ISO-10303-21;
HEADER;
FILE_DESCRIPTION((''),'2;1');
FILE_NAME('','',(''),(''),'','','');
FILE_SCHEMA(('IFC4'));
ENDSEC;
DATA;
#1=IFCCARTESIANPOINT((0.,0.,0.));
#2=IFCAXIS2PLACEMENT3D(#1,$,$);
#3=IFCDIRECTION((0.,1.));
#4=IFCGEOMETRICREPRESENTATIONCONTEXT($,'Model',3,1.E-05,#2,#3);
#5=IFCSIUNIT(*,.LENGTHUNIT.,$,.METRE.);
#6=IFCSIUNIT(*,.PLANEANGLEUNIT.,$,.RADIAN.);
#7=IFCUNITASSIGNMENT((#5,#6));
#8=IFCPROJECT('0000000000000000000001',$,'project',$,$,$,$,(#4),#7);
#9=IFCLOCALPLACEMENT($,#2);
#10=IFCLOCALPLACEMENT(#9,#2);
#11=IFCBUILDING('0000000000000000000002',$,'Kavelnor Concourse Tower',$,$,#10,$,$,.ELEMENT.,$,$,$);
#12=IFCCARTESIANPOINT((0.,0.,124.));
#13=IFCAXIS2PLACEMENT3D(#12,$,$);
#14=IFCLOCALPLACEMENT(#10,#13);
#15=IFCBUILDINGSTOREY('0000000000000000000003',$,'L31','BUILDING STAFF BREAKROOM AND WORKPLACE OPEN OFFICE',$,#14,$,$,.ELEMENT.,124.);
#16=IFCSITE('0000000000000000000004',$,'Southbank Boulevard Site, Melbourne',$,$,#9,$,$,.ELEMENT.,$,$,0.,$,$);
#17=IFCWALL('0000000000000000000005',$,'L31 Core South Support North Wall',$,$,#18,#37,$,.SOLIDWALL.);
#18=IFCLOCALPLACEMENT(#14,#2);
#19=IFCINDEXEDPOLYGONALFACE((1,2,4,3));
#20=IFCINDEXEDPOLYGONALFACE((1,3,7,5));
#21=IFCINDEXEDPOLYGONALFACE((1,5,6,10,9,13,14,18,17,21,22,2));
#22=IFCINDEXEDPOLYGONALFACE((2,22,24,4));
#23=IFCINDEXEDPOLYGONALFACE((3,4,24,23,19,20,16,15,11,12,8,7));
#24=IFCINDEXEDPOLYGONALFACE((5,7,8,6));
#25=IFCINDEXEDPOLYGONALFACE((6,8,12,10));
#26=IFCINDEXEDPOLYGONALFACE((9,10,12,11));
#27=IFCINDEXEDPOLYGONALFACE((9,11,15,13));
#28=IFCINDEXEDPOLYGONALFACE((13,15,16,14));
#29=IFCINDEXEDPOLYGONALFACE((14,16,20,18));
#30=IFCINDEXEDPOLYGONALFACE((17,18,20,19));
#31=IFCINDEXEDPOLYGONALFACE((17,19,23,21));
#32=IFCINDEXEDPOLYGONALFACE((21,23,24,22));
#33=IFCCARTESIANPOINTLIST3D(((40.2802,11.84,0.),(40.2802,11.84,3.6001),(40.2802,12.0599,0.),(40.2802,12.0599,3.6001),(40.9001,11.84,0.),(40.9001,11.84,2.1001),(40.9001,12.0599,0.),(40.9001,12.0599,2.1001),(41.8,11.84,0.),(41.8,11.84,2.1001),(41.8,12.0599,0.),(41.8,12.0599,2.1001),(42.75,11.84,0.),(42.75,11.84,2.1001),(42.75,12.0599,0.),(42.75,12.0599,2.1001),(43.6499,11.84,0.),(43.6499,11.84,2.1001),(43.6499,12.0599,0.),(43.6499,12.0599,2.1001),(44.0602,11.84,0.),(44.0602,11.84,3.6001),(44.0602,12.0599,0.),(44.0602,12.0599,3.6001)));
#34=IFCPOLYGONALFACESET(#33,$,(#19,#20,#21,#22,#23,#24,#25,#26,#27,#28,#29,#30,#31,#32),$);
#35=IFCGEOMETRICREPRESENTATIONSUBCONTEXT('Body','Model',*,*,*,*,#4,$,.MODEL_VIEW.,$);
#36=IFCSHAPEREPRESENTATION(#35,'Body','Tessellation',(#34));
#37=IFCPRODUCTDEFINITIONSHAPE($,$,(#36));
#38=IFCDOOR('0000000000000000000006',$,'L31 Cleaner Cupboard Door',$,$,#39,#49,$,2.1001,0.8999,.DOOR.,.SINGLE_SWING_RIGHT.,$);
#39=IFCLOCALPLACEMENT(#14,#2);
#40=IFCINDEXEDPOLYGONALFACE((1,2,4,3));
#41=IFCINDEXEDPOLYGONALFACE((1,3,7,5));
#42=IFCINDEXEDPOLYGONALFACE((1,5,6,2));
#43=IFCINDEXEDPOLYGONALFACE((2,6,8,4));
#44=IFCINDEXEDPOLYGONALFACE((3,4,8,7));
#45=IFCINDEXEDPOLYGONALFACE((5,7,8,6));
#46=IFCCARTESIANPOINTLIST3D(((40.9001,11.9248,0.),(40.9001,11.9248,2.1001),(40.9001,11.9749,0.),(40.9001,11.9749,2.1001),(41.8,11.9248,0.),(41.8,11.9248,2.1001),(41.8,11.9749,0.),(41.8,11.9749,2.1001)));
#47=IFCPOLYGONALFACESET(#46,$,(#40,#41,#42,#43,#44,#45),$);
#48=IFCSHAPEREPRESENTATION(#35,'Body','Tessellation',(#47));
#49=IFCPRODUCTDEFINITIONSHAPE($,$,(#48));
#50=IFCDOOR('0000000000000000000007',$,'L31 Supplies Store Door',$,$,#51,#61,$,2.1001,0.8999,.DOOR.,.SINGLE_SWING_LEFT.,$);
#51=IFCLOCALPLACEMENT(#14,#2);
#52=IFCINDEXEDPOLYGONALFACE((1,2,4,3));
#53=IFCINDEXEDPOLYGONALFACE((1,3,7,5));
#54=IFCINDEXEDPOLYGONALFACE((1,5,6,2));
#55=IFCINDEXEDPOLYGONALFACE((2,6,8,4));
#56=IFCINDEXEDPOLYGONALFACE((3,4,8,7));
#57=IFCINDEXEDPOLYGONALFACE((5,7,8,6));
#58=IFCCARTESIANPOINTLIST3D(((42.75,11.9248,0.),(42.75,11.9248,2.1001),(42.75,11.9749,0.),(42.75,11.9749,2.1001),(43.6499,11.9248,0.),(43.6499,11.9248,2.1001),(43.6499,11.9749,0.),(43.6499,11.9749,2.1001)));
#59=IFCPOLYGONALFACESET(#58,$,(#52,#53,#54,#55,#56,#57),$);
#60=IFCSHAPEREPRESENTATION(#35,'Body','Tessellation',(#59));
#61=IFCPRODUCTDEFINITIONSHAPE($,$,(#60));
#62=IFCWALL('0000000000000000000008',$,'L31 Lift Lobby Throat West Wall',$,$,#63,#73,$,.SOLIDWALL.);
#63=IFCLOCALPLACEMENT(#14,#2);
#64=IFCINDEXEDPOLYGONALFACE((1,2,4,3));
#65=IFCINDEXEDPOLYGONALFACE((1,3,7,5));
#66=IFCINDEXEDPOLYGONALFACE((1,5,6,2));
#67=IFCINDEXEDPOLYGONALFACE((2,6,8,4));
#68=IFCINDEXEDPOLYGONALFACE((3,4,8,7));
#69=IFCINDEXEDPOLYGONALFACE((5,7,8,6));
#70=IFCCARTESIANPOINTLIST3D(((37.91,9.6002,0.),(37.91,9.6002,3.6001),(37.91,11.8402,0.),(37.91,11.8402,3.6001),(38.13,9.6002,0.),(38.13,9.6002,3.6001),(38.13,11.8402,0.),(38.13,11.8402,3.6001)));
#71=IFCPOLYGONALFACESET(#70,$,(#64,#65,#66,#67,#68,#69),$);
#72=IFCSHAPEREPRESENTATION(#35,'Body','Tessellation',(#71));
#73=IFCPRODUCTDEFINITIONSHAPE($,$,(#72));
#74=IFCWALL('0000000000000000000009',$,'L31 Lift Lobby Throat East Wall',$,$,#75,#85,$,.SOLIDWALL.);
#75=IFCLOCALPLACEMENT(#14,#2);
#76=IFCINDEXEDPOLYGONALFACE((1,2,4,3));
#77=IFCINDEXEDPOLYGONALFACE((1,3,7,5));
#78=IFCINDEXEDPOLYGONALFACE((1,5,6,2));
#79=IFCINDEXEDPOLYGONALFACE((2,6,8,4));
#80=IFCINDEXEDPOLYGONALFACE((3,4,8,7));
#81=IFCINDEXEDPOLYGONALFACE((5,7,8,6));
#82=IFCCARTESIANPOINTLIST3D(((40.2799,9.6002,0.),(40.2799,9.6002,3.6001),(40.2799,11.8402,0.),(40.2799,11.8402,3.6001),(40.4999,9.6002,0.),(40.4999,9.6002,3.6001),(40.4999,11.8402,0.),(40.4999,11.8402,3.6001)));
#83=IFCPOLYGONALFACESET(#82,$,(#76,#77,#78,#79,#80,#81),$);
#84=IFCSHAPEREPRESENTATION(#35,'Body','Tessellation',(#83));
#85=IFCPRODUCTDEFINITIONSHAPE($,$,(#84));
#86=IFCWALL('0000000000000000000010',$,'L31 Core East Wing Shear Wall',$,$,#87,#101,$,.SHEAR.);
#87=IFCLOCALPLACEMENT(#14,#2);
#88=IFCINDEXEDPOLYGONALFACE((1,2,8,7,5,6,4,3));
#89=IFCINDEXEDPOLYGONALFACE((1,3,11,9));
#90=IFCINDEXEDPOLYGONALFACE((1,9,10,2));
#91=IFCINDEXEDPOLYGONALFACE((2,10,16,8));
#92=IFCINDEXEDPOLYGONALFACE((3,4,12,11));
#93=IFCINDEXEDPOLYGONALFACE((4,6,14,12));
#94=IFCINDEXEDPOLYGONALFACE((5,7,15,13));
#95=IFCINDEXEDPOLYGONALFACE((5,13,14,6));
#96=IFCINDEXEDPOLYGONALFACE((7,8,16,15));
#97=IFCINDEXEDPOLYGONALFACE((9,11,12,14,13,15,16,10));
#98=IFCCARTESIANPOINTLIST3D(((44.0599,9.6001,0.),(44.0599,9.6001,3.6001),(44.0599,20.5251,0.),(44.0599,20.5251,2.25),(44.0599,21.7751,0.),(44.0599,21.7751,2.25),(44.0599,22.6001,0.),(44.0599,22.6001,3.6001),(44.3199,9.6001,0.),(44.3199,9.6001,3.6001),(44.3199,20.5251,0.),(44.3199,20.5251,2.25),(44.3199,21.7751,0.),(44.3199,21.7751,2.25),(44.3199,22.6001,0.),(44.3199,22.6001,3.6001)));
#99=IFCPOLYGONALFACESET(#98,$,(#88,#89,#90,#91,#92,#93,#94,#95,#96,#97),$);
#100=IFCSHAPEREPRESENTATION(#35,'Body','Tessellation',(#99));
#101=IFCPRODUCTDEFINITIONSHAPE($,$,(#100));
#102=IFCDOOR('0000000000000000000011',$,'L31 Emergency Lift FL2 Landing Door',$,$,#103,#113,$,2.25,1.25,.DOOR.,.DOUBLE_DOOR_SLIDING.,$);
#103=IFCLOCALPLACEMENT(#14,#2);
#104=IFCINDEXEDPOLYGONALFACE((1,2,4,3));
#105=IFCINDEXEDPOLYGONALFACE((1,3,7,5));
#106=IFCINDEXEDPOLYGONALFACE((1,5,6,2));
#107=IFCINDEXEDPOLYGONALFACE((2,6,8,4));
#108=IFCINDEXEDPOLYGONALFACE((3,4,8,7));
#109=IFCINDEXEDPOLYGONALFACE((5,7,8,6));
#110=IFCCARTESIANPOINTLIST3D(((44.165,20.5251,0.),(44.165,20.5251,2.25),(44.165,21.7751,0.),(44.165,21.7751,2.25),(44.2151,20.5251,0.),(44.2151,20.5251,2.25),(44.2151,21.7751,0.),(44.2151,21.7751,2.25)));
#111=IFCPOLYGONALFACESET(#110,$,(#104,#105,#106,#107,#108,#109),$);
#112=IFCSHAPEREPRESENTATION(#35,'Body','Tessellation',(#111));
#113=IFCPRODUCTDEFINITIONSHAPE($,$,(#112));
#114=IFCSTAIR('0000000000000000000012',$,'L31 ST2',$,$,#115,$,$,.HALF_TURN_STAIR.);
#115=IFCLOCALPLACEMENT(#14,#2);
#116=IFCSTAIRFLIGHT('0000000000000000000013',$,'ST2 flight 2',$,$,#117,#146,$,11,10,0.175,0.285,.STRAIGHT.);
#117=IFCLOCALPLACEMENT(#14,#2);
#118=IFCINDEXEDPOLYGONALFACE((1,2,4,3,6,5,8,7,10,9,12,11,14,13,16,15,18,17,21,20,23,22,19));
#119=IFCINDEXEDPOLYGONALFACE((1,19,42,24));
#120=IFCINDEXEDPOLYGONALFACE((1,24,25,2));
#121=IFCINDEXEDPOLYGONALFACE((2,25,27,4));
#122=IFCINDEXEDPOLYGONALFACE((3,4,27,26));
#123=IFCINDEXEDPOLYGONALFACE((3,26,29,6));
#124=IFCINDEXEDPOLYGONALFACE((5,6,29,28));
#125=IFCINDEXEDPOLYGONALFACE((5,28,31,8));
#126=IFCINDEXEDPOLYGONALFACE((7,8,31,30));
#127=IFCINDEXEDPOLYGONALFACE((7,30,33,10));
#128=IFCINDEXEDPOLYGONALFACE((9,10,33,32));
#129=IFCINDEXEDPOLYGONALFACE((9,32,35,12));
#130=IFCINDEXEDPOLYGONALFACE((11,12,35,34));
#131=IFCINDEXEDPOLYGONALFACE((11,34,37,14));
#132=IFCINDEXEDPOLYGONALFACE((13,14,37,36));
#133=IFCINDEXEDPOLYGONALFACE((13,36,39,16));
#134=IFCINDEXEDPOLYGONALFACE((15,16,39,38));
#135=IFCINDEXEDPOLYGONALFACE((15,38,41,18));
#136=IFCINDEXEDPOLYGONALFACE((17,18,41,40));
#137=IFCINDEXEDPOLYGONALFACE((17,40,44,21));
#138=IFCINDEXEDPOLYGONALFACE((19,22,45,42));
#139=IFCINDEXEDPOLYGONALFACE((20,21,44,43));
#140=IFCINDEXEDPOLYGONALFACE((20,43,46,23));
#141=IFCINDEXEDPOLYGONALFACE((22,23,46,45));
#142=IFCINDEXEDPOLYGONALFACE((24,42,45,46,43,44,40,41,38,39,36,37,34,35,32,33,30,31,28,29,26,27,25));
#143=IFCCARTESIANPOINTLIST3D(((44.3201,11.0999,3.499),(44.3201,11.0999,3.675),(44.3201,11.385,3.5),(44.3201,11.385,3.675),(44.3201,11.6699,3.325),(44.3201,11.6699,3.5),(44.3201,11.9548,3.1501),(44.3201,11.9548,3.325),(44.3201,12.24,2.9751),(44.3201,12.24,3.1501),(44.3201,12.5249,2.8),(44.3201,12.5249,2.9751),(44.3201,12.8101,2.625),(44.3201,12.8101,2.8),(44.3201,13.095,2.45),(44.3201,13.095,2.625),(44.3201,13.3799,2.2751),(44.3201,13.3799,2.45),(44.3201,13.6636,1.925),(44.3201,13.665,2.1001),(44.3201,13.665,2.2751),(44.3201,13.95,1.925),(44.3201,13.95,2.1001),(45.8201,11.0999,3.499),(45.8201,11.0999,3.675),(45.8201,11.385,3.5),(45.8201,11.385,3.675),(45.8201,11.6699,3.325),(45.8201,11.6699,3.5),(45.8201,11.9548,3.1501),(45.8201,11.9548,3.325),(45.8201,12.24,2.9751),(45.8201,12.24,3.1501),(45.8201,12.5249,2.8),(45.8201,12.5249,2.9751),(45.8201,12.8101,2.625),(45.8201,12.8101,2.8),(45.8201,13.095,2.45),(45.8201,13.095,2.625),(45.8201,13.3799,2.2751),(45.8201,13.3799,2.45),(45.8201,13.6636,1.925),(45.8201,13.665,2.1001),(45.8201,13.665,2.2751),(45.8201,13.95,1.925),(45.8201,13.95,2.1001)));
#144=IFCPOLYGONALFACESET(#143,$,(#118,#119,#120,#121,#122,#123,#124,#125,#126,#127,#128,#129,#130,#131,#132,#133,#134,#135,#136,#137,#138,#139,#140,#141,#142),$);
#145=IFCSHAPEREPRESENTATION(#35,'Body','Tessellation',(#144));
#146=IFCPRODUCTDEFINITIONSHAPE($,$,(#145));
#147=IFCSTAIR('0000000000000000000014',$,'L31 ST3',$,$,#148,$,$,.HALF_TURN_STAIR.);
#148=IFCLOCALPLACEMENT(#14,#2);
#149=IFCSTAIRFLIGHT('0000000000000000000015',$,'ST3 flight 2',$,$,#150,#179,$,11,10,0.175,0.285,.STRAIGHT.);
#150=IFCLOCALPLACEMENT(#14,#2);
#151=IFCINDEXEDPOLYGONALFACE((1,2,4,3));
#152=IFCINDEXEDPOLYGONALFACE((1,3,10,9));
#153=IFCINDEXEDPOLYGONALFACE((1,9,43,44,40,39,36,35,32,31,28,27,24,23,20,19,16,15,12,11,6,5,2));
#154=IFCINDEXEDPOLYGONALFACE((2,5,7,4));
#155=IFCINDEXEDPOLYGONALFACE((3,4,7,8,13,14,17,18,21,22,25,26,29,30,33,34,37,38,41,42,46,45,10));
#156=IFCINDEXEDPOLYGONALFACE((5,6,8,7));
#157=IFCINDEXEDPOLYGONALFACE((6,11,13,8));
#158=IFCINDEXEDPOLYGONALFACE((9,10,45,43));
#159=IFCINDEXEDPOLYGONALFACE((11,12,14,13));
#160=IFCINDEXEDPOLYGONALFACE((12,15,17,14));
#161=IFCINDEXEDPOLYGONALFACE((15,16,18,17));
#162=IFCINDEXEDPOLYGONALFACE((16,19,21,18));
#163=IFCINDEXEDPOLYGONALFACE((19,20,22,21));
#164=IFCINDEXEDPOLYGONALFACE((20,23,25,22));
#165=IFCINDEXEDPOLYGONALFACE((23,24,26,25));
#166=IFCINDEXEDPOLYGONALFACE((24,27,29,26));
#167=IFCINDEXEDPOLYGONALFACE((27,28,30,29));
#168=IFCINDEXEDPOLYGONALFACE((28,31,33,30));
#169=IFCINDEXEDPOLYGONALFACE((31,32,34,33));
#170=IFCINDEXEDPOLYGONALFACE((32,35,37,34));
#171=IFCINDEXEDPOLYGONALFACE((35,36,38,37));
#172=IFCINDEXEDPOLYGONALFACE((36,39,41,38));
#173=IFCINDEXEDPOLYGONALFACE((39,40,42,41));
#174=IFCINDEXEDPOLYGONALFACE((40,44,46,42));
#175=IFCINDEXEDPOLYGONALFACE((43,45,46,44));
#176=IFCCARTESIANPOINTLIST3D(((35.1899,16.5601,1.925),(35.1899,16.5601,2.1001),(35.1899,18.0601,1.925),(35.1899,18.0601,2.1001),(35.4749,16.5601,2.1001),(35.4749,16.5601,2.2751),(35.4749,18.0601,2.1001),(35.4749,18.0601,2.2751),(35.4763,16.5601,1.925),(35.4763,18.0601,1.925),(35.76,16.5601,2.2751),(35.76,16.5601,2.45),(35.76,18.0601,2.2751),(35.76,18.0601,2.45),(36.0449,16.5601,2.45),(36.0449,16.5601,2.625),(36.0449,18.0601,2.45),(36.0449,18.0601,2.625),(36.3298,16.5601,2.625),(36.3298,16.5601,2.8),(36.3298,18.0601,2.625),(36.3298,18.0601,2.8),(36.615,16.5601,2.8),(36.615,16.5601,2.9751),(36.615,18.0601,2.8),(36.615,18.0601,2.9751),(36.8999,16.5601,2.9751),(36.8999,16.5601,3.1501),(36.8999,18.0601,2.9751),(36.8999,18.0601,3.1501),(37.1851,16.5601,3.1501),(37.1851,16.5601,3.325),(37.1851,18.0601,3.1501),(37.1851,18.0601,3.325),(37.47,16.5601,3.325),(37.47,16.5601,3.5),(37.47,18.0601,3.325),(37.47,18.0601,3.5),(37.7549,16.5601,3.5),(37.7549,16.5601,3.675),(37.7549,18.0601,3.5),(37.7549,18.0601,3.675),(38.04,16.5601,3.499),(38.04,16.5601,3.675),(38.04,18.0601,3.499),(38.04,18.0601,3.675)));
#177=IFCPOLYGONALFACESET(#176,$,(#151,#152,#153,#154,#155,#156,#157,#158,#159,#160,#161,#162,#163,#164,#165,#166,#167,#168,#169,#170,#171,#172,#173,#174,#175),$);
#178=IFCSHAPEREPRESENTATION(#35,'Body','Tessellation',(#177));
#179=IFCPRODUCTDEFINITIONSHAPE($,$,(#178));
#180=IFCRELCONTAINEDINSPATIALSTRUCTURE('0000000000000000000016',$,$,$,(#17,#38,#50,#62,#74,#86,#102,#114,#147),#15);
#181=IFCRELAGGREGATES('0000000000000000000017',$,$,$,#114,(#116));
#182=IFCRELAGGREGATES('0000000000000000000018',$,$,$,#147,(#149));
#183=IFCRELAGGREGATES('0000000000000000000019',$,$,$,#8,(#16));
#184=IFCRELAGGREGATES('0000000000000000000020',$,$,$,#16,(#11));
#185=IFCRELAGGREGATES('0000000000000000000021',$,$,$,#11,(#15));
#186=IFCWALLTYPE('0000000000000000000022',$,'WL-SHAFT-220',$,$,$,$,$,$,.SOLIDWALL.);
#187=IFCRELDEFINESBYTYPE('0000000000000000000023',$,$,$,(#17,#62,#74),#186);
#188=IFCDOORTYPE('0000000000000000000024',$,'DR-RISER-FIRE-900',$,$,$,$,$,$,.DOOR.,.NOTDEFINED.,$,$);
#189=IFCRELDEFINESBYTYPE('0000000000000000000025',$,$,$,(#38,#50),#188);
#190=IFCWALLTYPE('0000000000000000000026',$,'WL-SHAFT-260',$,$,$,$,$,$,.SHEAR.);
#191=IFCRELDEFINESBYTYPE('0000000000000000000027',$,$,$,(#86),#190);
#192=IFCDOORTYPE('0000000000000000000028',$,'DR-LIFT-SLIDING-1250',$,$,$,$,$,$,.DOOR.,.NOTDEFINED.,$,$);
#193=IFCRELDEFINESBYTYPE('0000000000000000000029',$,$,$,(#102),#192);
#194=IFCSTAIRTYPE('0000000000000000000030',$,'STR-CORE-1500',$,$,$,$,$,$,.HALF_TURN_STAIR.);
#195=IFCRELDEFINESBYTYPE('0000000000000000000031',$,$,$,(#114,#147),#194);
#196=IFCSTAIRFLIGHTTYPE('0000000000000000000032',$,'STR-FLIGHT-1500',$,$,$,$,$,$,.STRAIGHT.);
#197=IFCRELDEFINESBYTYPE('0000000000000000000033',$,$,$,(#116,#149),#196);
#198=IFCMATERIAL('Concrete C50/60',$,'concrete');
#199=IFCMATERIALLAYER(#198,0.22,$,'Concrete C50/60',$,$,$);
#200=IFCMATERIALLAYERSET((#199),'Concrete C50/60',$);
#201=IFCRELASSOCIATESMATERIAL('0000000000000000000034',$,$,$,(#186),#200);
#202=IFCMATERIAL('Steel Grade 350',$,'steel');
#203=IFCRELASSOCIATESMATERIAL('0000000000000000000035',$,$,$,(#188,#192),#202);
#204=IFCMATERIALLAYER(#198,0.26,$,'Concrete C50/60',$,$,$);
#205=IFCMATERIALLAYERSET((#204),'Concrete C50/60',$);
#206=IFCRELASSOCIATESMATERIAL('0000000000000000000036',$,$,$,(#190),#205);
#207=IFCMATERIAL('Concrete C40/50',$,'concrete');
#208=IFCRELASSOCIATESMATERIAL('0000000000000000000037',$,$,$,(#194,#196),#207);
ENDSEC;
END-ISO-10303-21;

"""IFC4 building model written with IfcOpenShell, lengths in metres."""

from ifc_helpers import new_model, si_unit, direction, frame, frame_2d, origin, place, context, subcontext, project, spatial, polyline, rectangle, outline, extrude, material, layer, layer_set, type_object, element, fill, aggregate, save


model = new_model("IFC4")

# Units and contexts
model_context = context("Model", 3, precision=1e-05, world=origin(), true_north=direction((0.0, 1.0)))
body_context = subcontext(model_context, "Body", "Model", "MODEL_VIEW")
ifc_project = project(units=[si_unit("LENGTHUNIT", "METRE"), si_unit("PLANEANGLEUNIT", "RADIAN")], contexts=[model_context])

# Site, building, storey
site_placement = place(None, origin())
site = spatial("IfcSite", under=ifc_project, at=site_placement, Name="Southbank Boulevard Site, Melbourne", CompositionType="ELEMENT", RefElevation=0.0)
building_placement = place(site_placement, origin())
building = spatial("IfcBuilding", under=site, at=building_placement, Name="Kavelnor Concourse Tower", CompositionType="ELEMENT")
storey_placement = place(building_placement, frame((0.0, 0.0, 124.0)))
storey = spatial("IfcBuildingStorey", under=building, at=storey_placement, Name="L31", Description="BUILDING STAFF BREAKROOM AND WORKPLACE OPEN OFFICE", CompositionType="ELEMENT", Elevation=124.0)

# Shared definitions
ifc_material_1 = material(Name="Steel Grade 350", Category="steel")

# Shared definitions
ifc_material_2 = material(Name="Concrete C50/60", Category="concrete")
ifc_layer_1 = layer(ifc_material_2, 0.22, Name="Concrete C50/60")
ifc_layer_set_1 = layer_set([ifc_layer_1], Name="Concrete C50/60")
wall_type_1 = type_object("IfcWallType", Name="WL-SHAFT-220", PredefinedType="SOLIDWALL", material=ifc_layer_set_1)

# Wall, openings, doors
wall_1_placement = place(storey_placement, frame((40.28, 11.95, 0.0), z_axis=(0.0, 0.0, 1.0), x_axis=(1.0, 0.0, 0.0)))
wall_1 = element("IfcWall", 1, at=wall_1_placement, inside=storey, type_object=wall_type_1, Name="L31 Core South Support North Wall", PredefinedType="SOLIDWALL", context=body_context, shape_type="SweptSolid", body=[
    extrude(rectangle(XDim=3.78, YDim=0.22, at=frame_2d((1.8901, 0.0))), origin(), (0.0, 0.0, 1.0), 3.6001),
])
opening_1_placement = place(wall_1_placement, frame((0.6201, 0.0, 0.0)))
opening_1 = element("IfcOpeningElement", 2, at=opening_1_placement, cuts=wall_1, PredefinedType="OPENING", context=body_context, shape_type="SweptSolid", body=[
    extrude(rectangle(XDim=0.8999, YDim=2.1001, at=frame_2d((0.45, 1.05))), frame((0.0, 0.1201, 0.0), z_axis=(0.0, -1.0, 0.0), x_axis=(1.0, 0.0, 0.0)), (0.0, 0.0, 1.0), 0.24),
])
opening_2_placement = place(wall_1_placement, frame((2.47, 0.0, 0.0)))
opening_2 = element("IfcOpeningElement", 3, at=opening_2_placement, cuts=wall_1, PredefinedType="OPENING", context=body_context, shape_type="SweptSolid", body=[
    extrude(rectangle(XDim=0.8999, YDim=2.1001, at=frame_2d((0.45, 1.05))), frame((0.0, 0.1201, 0.0), z_axis=(0.0, -1.0, 0.0), x_axis=(1.0, 0.0, 0.0)), (0.0, 0.0, 1.0), 0.24),
])
door_type_1 = type_object("IfcDoorType", Name="DR-RISER-FIRE-900", OperationType="NOTDEFINED", PredefinedType="DOOR", material=ifc_material_1)
door_1_placement = place(opening_1_placement, origin())
door_1 = element("IfcDoor", 4, at=door_1_placement, inside=storey, type_object=door_type_1, Name="L31 Cleaner Cupboard Door", OperationType="SINGLE_SWING_RIGHT", OverallHeight=2.1001, OverallWidth=0.8999, PredefinedType="DOOR", context=body_context, shape_type="SweptSolid", body=[
    extrude(rectangle(XDim=0.8999, YDim=2.1001, at=frame_2d((0.45, 1.05))), frame((0.0, 0.0249, 0.0), z_axis=(0.0, -1.0, 0.0), x_axis=(1.0, 0.0, 0.0)), (0.0, 0.0, 1.0), 0.05),
])
fill(opening_1, door_1)
door_2_placement = place(opening_2_placement, origin())
door_2 = element("IfcDoor", 5, at=door_2_placement, inside=storey, type_object=door_type_1, Name="L31 Supplies Store Door", OperationType="SINGLE_SWING_LEFT", OverallHeight=2.1001, OverallWidth=0.8999, PredefinedType="DOOR", context=body_context, shape_type="SweptSolid", body=[
    extrude(rectangle(XDim=0.8999, YDim=2.1001, at=frame_2d((0.45, 1.05))), frame((0.0, 0.0249, 0.0), z_axis=(0.0, -1.0, 0.0), x_axis=(1.0, 0.0, 0.0)), (0.0, 0.0, 1.0), 0.05),
])
fill(opening_2, door_2)

# Walls
for number, where, z_axis, x_axis, name in (
    (6, (38.02, 9.6001, 0.0), (0.0, 0.0, 1.0), (0.0, 1.0, 0.0), "L31 Lift Lobby Throat West Wall"),
    (7, (40.3899, 9.6001, 0.0), (0.0, 0.0, 1.0), (0.0, 1.0, 0.0), "L31 Lift Lobby Throat East Wall"),
):
    element("IfcWall", number, at=place(storey_placement, frame(where, z_axis=z_axis, x_axis=x_axis)), inside=storey, type_object=wall_type_1, Name=name, PredefinedType="SOLIDWALL", context=body_context, shape_type="SweptSolid", body=[
        extrude(rectangle(XDim=2.24, YDim=0.22, at=frame_2d((1.1201, 0.0))), origin(), (0.0, 0.0, 1.0), 3.6001),
    ])

# Wall, opening, door
ifc_layer_2 = layer(ifc_material_2, 0.26, Name="Concrete C50/60")
ifc_layer_set_2 = layer_set([ifc_layer_2], Name="Concrete C50/60")
wall_type_2 = type_object("IfcWallType", Name="WL-SHAFT-260", PredefinedType="SHEAR", material=ifc_layer_set_2)
wall_2_placement = place(storey_placement, frame((44.1899, 9.6001, 0.0), z_axis=(0.0, 0.0, 1.0), x_axis=(0.0, 1.0, 0.0)))
wall_2 = element("IfcWall", 8, at=wall_2_placement, inside=storey, type_object=wall_type_2, Name="L31 Core East Wing Shear Wall", PredefinedType="SHEAR", context=body_context, shape_type="SweptSolid", body=[
    extrude(rectangle(XDim=13.0, YDim=0.26, at=frame_2d((6.5, 0.0))), origin(), (0.0, 0.0, 1.0), 3.6001),
])
opening_3_placement = place(wall_2_placement, frame((10.925, 0.0, 0.0)))
opening_3 = element("IfcOpeningElement", 9, at=opening_3_placement, cuts=wall_2, PredefinedType="OPENING", context=body_context, shape_type="SweptSolid", body=[
    extrude(rectangle(XDim=1.25, YDim=2.25, at=frame_2d((0.625, 1.125))), frame((0.0, 0.1401, 0.0), z_axis=(0.0, -1.0, 0.0), x_axis=(1.0, 0.0, 0.0)), (0.0, 0.0, 1.0), 0.28),
])
door_type_2 = type_object("IfcDoorType", Name="DR-LIFT-SLIDING-1250", OperationType="NOTDEFINED", PredefinedType="DOOR", material=ifc_material_1)
door_3_placement = place(opening_3_placement, origin())
door_3 = element("IfcDoor", 10, at=door_3_placement, inside=storey, type_object=door_type_2, Name="L31 Emergency Lift FL2 Landing Door", OperationType="DOUBLE_DOOR_SLIDING", OverallHeight=2.25, OverallWidth=1.25, PredefinedType="DOOR", context=body_context, shape_type="SweptSolid", body=[
    extrude(rectangle(XDim=1.25, YDim=2.25, at=frame_2d((0.625, 1.125))), frame((0.0, 0.0249, 0.0), z_axis=(0.0, -1.0, 0.0), x_axis=(1.0, 0.0, 0.0)), (0.0, 0.0, 1.0), 0.05),
])
fill(opening_3, door_3)

# Stairs, stair flights
ifc_material_3 = material(Name="Concrete C40/50", Category="concrete")
stair_type = type_object("IfcStairType", Name="STR-CORE-1500", PredefinedType="HALF_TURN_STAIR", material=ifc_material_3)
stair_1_placement = place(storey_placement, origin())
stair_1 = element("IfcStair", 11, at=stair_1_placement, inside=storey, type_object=stair_type, Name="L31 ST2", PredefinedType="HALF_TURN_STAIR")
stair_flight_type = type_object("IfcStairFlightType", Name="STR-FLIGHT-1500", PredefinedType="STRAIGHT", material=ifc_material_3)
stair_flight_1_placement = place(storey_placement, frame((45.0701, 13.95, 1.925), z_axis=(0.0, 0.0, 1.0), x_axis=(0.0, -1.0, 0.0)))
stair_flight_1 = element("IfcStairFlight", 12, at=stair_flight_1_placement, type_object=stair_flight_type, Name="ST2 flight 2", NumberOfRisers=11, NumberOfTreads=10, PredefinedType="STRAIGHT", RiserHeight=0.175, TreadLength=0.285, context=body_context, shape_type="SweptSolid", body=[
    extrude(outline(polyline([(0.0, 0.0), (0.0, 0.175), (0.2849, 0.175), (0.2849, 0.3501), (0.5701, 0.3501), (0.5701, 0.5249), (0.855, 0.5249), (0.855, 0.7), (1.1399, 0.7), (1.1399, 0.875), (1.425, 0.875), (1.425, 1.05), (1.71, 1.05), (1.71, 1.2251), (1.9951, 1.2251), (1.9951, 1.3999), (2.28, 1.3999), (2.28, 1.575), (2.5649, 1.575), (2.5649, 1.75), (2.8501, 1.75), (2.8501, 1.925), (2.8501, 1.574), (0.2864, 0.0), (0.0, 0.0)])), frame((0.0, 0.75, 0.0), z_axis=(0.0, -1.0, 0.0), x_axis=(1.0, 0.0, 0.0)), (0.0, 0.0, 1.0), 1.5),
])
aggregate(stair_1, [stair_flight_1])
stair_2_placement = place(storey_placement, origin())
stair_2 = element("IfcStair", 13, at=stair_2_placement, inside=storey, type_object=stair_type, Name="L31 ST3", PredefinedType="HALF_TURN_STAIR")
stair_flight_2_placement = place(storey_placement, frame((35.1899, 17.3101, 1.925), z_axis=(0.0, 0.0, 1.0), x_axis=(1.0, 0.0, 0.0)))
stair_flight_2 = element("IfcStairFlight", 14, at=stair_flight_2_placement, type_object=stair_flight_type, Name="ST3 flight 2", NumberOfRisers=11, NumberOfTreads=10, PredefinedType="STRAIGHT", RiserHeight=0.175, TreadLength=0.285, context=body_context, shape_type="SweptSolid", body=[
    extrude(outline(polyline([(0.0, 0.0), (0.0, 0.175), (0.2849, 0.175), (0.2849, 0.3501), (0.5701, 0.3501), (0.5701, 0.5249), (0.855, 0.5249), (0.855, 0.7), (1.1399, 0.7), (1.1399, 0.875), (1.425, 0.875), (1.425, 1.05), (1.71, 1.05), (1.71, 1.2251), (1.9951, 1.2251), (1.9951, 1.3999), (2.28, 1.3999), (2.28, 1.575), (2.5649, 1.575), (2.5649, 1.75), (2.8501, 1.75), (2.8501, 1.925), (2.8501, 1.574), (0.2864, 0.0), (0.0, 0.0)])), frame((0.0, 0.75, 0.0), z_axis=(0.0, -1.0, 0.0), x_axis=(1.0, 0.0, 0.0)), (0.0, 0.0, 1.0), 1.5),
])
aggregate(stair_2, [stair_flight_2])

save(model, "model.ifc")
